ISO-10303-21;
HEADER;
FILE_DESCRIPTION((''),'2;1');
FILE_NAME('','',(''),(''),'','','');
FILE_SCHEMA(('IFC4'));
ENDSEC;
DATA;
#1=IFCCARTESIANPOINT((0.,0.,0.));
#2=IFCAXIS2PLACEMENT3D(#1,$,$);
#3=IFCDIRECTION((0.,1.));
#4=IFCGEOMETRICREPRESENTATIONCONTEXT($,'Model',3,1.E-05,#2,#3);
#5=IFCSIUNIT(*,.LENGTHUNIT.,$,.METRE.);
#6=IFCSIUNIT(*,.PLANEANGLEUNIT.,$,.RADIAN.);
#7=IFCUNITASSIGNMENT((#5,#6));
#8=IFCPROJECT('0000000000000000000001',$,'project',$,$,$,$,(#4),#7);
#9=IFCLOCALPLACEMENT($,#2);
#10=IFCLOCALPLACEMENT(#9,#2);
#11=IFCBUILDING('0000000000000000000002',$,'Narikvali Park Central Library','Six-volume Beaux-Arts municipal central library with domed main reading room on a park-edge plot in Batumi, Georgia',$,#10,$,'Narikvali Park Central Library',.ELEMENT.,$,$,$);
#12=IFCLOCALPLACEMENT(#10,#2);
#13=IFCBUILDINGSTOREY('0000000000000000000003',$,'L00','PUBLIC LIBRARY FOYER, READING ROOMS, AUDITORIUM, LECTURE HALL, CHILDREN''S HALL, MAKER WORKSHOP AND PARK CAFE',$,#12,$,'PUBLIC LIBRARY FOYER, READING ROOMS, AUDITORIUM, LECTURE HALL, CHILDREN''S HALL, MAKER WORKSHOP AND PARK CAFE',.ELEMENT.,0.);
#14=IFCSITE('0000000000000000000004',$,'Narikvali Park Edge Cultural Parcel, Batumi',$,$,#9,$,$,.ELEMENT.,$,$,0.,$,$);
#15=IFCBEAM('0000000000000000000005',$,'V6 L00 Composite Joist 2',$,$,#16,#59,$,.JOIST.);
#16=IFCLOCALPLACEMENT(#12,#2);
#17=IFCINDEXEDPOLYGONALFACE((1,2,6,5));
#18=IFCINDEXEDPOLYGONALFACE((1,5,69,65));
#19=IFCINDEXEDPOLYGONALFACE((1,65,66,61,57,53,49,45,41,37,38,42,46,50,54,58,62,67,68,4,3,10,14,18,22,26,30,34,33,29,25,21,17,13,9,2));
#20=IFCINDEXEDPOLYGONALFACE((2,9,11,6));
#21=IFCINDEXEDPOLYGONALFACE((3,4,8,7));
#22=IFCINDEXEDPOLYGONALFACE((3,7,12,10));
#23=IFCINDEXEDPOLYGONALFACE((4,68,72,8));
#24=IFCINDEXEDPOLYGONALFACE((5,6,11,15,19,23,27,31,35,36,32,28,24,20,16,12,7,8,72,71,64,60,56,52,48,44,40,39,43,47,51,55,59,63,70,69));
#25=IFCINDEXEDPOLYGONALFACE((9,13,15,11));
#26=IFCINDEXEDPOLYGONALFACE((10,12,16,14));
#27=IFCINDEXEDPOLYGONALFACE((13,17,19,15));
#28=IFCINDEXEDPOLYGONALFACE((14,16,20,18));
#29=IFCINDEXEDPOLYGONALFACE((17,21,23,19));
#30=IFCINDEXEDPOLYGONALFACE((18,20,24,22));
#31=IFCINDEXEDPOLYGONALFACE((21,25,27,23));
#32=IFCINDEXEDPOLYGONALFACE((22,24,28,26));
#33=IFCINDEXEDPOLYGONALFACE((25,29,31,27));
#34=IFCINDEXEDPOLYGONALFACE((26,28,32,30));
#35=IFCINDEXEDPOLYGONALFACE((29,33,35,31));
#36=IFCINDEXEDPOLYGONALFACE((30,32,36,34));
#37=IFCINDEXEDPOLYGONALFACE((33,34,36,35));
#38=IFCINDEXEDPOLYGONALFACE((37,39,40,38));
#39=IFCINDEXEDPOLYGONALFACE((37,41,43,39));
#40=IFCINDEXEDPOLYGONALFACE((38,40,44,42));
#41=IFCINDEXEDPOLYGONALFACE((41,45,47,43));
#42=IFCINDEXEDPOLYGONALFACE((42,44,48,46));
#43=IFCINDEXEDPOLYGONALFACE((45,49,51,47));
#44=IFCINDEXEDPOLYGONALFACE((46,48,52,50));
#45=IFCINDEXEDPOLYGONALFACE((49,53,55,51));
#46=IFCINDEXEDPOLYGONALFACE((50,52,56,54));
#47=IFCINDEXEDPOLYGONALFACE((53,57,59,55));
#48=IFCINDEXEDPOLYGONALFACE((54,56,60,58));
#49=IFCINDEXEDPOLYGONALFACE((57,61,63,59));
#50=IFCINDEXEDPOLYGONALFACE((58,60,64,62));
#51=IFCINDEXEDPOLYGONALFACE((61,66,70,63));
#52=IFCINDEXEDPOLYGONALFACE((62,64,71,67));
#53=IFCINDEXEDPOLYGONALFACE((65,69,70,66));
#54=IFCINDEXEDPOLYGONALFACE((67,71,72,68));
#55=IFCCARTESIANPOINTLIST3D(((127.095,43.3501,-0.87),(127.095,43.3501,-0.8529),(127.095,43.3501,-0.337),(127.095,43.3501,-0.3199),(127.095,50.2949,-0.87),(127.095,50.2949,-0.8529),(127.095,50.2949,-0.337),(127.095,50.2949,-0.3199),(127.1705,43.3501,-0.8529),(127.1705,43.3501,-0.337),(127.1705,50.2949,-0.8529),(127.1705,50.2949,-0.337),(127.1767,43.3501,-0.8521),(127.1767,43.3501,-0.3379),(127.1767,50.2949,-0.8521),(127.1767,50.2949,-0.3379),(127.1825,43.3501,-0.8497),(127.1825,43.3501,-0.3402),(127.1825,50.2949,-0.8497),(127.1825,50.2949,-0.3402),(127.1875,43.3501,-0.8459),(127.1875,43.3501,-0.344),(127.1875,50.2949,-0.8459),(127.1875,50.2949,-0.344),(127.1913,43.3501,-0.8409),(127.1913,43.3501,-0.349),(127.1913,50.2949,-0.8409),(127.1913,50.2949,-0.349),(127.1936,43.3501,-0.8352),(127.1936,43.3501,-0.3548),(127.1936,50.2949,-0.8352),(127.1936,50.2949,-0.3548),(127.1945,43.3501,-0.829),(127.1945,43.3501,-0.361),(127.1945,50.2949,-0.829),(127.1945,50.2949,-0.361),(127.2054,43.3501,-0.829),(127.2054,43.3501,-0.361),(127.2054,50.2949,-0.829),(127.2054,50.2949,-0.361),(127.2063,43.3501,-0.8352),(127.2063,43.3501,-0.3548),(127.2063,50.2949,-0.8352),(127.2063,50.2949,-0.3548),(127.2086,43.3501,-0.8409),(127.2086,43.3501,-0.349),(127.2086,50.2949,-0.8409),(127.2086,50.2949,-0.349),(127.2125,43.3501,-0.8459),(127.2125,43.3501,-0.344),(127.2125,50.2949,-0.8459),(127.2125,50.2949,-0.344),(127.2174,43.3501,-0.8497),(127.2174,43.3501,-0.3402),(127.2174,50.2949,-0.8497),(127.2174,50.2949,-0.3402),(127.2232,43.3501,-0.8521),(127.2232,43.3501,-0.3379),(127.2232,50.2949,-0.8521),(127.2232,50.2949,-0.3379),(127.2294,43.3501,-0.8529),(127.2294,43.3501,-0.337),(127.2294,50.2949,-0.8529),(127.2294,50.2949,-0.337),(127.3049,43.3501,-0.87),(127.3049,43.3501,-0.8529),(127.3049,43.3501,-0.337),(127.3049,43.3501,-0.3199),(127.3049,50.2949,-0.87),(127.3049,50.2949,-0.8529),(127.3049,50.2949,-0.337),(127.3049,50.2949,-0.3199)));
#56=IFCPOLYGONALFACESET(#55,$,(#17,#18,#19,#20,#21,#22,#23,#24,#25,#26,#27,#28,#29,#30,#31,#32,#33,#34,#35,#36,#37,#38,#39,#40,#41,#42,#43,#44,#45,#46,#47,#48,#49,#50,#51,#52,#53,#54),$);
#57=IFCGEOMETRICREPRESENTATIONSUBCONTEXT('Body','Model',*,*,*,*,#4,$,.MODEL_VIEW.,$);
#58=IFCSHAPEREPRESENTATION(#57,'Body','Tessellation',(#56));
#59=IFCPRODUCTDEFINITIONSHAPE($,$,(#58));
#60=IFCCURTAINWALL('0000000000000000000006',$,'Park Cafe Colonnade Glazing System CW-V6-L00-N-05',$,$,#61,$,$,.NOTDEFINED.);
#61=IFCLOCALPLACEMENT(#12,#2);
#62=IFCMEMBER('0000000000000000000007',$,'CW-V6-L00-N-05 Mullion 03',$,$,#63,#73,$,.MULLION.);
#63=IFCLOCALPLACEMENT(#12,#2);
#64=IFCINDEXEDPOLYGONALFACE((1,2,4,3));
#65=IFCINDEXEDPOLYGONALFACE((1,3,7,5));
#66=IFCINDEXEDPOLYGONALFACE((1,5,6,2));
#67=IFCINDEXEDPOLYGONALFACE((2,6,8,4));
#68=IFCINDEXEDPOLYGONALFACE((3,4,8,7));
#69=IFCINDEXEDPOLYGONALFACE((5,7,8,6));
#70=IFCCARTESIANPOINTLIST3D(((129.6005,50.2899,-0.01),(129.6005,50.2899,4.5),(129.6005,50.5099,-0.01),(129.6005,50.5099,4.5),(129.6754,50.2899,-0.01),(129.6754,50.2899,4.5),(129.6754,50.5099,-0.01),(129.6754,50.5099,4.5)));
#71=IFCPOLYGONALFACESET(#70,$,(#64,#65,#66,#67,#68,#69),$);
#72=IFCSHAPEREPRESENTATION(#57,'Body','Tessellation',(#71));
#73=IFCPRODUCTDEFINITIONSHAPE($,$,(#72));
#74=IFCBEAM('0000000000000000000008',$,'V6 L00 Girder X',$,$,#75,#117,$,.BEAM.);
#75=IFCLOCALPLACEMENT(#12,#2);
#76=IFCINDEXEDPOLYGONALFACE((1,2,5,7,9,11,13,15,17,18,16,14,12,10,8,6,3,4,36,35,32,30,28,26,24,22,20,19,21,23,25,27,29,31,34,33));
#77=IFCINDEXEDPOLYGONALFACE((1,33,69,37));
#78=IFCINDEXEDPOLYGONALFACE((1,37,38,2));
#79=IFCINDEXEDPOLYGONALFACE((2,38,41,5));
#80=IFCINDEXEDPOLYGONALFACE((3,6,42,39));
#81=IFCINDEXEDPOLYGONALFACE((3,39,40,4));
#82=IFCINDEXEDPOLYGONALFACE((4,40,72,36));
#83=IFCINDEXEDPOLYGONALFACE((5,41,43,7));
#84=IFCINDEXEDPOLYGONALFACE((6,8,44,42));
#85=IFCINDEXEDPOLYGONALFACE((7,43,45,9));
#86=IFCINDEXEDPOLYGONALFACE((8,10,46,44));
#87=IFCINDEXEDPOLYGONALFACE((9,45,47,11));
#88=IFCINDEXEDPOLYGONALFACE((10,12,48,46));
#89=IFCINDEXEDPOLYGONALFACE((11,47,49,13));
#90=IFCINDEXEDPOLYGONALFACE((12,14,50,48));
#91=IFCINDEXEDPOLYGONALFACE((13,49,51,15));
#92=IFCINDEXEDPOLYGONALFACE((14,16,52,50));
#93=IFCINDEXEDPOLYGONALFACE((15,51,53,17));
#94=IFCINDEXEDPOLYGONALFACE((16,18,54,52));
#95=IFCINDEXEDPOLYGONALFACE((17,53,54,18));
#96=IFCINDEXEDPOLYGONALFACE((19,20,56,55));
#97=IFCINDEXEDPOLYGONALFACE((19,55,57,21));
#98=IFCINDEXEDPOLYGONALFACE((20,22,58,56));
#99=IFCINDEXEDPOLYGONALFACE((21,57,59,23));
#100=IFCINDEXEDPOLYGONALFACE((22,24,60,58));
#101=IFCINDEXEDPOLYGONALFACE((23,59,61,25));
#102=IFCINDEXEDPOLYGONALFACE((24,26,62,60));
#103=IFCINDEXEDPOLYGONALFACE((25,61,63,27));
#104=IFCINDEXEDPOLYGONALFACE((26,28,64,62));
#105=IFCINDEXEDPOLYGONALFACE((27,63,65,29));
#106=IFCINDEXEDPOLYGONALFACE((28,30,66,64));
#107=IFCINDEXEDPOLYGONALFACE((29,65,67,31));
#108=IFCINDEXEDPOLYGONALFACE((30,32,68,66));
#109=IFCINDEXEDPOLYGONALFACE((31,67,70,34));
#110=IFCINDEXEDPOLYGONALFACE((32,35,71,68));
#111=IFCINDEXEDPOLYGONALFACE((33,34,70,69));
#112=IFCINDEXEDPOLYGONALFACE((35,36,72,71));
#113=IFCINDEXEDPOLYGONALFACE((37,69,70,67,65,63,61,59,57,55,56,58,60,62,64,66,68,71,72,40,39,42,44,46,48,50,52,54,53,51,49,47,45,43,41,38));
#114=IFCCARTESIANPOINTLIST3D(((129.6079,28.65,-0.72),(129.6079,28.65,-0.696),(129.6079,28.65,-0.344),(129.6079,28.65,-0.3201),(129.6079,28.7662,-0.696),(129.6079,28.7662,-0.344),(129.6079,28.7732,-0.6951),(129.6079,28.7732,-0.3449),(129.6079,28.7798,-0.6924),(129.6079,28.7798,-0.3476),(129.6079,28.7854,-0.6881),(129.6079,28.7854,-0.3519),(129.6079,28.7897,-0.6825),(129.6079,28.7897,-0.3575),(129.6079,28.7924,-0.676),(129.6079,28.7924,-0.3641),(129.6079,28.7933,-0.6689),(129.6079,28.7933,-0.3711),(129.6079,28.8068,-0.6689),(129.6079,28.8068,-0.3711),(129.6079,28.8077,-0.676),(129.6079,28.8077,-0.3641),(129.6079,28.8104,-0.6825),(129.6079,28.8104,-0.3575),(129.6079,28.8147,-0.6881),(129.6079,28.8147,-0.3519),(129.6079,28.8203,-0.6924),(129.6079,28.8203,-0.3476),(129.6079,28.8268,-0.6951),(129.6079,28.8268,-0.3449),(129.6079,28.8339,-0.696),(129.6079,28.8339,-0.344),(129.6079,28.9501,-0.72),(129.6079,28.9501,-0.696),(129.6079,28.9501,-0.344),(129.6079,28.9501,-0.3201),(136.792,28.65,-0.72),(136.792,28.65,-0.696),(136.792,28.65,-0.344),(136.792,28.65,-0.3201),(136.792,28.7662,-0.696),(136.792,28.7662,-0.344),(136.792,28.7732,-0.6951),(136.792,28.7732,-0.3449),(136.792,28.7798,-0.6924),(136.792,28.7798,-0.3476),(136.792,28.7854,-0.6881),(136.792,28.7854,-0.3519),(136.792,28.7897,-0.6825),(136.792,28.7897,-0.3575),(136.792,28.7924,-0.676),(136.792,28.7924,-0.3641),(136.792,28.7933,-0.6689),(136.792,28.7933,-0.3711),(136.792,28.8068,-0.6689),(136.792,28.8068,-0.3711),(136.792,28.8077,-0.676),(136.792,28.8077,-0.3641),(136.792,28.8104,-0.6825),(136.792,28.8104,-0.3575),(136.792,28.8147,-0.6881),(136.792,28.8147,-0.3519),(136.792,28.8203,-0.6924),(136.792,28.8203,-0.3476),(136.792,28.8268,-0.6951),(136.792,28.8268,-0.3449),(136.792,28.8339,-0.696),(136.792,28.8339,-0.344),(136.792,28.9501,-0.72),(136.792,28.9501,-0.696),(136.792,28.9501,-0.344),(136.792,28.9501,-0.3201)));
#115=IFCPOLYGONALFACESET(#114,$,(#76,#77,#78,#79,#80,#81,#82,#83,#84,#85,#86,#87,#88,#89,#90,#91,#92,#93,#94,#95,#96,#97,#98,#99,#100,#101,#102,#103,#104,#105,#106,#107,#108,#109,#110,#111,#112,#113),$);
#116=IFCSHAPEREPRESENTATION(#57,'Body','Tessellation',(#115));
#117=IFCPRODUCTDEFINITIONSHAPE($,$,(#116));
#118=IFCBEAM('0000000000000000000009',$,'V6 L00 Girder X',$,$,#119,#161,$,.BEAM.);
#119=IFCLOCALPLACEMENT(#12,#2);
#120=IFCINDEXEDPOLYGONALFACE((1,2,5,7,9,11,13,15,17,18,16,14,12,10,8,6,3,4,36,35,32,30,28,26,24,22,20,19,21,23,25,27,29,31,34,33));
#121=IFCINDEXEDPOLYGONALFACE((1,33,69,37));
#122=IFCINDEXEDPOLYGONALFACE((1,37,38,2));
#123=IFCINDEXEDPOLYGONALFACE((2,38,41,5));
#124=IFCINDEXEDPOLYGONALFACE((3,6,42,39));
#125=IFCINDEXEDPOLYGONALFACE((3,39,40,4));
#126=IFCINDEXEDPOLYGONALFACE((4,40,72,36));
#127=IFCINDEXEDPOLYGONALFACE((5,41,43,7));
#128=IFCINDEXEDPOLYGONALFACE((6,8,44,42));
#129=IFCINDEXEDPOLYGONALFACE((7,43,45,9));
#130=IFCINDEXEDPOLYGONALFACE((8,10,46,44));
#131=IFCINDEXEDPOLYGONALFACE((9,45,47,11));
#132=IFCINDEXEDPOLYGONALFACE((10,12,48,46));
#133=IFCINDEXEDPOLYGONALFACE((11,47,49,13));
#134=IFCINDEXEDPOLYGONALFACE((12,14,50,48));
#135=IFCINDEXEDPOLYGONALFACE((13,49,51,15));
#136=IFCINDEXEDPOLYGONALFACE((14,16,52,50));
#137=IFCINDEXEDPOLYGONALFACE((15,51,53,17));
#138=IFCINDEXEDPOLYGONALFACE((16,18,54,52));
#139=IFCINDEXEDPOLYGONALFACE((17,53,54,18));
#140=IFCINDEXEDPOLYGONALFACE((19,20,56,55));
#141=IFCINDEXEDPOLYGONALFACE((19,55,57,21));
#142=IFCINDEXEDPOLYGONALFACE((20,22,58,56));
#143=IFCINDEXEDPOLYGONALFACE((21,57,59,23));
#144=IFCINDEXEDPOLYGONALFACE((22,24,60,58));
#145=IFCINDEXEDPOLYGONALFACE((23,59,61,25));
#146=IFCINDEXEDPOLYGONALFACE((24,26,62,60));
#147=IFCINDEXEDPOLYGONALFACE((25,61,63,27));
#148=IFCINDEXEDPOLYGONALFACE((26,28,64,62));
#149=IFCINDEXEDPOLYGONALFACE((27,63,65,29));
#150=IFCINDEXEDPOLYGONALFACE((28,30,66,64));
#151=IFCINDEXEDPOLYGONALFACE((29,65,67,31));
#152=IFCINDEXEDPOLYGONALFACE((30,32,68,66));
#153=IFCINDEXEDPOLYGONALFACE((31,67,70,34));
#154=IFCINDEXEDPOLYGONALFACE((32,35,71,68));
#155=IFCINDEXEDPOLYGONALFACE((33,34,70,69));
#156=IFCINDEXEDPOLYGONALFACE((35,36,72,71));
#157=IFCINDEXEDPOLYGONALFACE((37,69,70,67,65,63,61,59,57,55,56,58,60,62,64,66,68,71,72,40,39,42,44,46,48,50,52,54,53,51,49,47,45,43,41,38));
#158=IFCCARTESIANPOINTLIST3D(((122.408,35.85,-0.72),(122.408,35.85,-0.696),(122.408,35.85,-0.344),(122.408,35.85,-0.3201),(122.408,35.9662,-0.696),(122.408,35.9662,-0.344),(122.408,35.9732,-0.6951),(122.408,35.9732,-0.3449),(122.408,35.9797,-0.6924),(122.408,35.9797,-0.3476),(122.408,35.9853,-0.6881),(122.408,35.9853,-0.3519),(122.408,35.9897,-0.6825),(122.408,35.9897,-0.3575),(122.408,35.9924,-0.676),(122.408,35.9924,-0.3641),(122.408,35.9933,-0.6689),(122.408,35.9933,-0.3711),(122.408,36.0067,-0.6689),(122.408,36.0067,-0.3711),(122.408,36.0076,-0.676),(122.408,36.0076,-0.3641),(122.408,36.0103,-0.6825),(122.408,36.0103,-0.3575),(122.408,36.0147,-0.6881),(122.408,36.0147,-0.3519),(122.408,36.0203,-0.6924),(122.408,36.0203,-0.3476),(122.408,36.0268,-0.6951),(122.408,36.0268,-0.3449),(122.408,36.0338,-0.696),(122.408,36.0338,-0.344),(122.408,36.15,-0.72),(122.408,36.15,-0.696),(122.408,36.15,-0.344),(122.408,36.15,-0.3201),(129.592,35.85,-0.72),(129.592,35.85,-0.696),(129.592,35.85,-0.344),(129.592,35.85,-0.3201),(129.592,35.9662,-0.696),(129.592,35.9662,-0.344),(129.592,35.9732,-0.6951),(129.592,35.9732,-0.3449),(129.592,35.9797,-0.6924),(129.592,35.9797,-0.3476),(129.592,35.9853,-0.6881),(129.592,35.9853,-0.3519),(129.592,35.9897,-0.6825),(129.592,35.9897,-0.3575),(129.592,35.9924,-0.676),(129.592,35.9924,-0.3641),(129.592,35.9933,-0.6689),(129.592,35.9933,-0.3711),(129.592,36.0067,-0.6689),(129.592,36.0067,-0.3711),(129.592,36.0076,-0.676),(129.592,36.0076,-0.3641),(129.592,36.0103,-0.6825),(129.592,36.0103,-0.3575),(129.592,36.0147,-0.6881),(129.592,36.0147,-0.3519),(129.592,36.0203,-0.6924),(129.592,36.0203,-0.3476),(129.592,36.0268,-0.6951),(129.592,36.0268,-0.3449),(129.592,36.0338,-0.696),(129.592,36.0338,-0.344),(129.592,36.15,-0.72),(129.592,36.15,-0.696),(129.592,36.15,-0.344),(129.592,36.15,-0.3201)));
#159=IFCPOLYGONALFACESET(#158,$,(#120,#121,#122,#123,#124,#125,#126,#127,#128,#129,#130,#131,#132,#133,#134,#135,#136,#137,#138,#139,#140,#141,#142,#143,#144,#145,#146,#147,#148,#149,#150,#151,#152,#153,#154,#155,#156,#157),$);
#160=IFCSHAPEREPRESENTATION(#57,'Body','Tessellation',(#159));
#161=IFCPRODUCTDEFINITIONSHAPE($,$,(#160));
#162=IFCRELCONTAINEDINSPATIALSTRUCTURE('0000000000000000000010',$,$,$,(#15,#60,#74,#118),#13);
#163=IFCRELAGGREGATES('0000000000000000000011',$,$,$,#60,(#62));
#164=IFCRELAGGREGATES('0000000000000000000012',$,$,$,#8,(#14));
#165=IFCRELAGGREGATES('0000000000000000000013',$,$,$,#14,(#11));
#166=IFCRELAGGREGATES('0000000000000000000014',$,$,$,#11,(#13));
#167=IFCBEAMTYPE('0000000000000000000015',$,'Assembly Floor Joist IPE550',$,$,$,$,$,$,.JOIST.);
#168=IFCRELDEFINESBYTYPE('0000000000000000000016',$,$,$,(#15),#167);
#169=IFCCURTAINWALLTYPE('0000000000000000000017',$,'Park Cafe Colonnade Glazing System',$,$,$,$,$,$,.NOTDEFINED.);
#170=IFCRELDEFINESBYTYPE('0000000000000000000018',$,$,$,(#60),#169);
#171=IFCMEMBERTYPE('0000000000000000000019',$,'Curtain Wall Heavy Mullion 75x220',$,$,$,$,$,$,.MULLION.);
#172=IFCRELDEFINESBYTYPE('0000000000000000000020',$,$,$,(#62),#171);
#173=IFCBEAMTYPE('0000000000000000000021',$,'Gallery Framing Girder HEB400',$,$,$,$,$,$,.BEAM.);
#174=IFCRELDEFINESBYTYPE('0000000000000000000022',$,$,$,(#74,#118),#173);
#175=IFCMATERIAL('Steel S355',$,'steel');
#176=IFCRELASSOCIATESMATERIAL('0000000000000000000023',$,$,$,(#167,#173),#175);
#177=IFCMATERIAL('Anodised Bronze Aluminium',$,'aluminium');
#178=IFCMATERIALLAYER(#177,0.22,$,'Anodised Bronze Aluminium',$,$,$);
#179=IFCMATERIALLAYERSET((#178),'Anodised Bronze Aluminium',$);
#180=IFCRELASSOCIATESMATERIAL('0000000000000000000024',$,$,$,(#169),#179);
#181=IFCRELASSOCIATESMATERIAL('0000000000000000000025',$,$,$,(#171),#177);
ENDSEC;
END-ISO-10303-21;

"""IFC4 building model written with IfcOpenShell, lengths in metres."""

from ifc_helpers import new_model, si_unit, direction, frame, origin, origin_2d, place, context, subcontext, project, spatial, rectangle, i_section, extrude, material, layer, layer_set, material_profile, profile_set, type_object, element, aggregate, save


model = new_model("IFC4")

# Units and contexts
model_context = context("Model", 3, precision=1e-05, world=origin(), true_north=direction((0.0, 1.0)))
body_context = subcontext(model_context, "Body", "Model", "MODEL_VIEW")
ifc_project = project(units=[si_unit("LENGTHUNIT", "METRE"), si_unit("PLANEANGLEUNIT", "RADIAN")], contexts=[model_context])

# Site, building, storey
site_placement = place(None, origin())
site = spatial("IfcSite", under=ifc_project, at=site_placement, Name="Narikvali Park Edge Cultural Parcel, Batumi", CompositionType="ELEMENT", RefElevation=0.0)
building_placement = place(site_placement, origin())
building = spatial("IfcBuilding", under=site, at=building_placement, Name="Narikvali Park Central Library", Description="Six-volume Beaux-Arts municipal central library with domed main reading room on a park-edge plot in Batumi, Georgia", LongName="Narikvali Park Central Library", CompositionType="ELEMENT")
storey_placement = place(building_placement, origin())
storey = spatial("IfcBuildingStorey", under=building, at=storey_placement, Name="L00", Description="PUBLIC LIBRARY FOYER, READING ROOMS, AUDITORIUM, LECTURE HALL, CHILDREN'S HALL, MAKER WORKSHOP AND PARK CAFE", LongName="PUBLIC LIBRARY FOYER, READING ROOMS, AUDITORIUM, LECTURE HALL, CHILDREN'S HALL, MAKER WORKSHOP AND PARK CAFE", CompositionType="ELEMENT", Elevation=0.0)

# Shared definitions
ifc_material_1 = material(Name="Steel S355", Category="steel")

# Beam
ifc_material_profile_1 = material_profile(ifc_material_1, i_section(OverallWidth=0.21, OverallDepth=0.55, WebThickness=0.011, FlangeThickness=0.0171, FilletRadius=0.0239, at=origin_2d()), Name="IPE 550")
ifc_profile_set_1 = profile_set([ifc_material_profile_1], Name="Steel S355")
beam_type_1 = type_object("IfcBeamType", Name="Assembly Floor Joist IPE550", PredefinedType="JOIST", material=ifc_profile_set_1)
for number, where, z_axis, x_axis, name in (
    (1, (127.2, 43.3501, -0.595), (0.0, 1.0, 0.0), (-1.0, 0.0, 0.0), "V6 L00 Composite Joist 2"),
):
    element("IfcBeam", number, at=place(storey_placement, frame(where, z_axis=z_axis, x_axis=x_axis)), inside=storey, type_object=beam_type_1, Name=name, PredefinedType="JOIST", context=body_context, shape_type="SweptSolid", body=[
        extrude(i_section(OverallWidth=0.21, OverallDepth=0.55, WebThickness=0.011, FlangeThickness=0.0171, FilletRadius=0.0239, at=origin_2d()), origin(), (0.0, 0.0, 1.0), 6.9448),
    ])

# Curtain wall, member
ifc_material_2 = material(Name="Anodised Bronze Aluminium", Category="aluminium")
ifc_layer_1 = layer(ifc_material_2, 0.22, Name="Anodised Bronze Aluminium")
ifc_layer_set_1 = layer_set([ifc_layer_1], Name="Anodised Bronze Aluminium")
curtain_wall_type = type_object("IfcCurtainWallType", Name="Park Cafe Colonnade Glazing System", PredefinedType="NOTDEFINED", material=ifc_layer_set_1)
curtain_wall_placement = place(storey_placement, origin())
curtain_wall = element("IfcCurtainWall", 2, at=curtain_wall_placement, inside=storey, type_object=curtain_wall_type, Name="Park Cafe Colonnade Glazing System CW-V6-L00-N-05", PredefinedType="NOTDEFINED")
ifc_material_profile_2 = material_profile(ifc_material_2, rectangle(XDim=0.075, YDim=0.22, at=origin_2d()), Name="CW MULLION 75x220")
ifc_profile_set_2 = profile_set([ifc_material_profile_2], Name="Anodised Bronze Aluminium")
member_type = type_object("IfcMemberType", Name="Curtain Wall Heavy Mullion 75x220", PredefinedType="MULLION", material=ifc_profile_set_2)
member_placement = place(storey_placement, frame((129.6379, 50.3999, -0.01), z_axis=(0.0, 0.0, 1.0), x_axis=(1.0, 0.0, 0.0)))
member = element("IfcMember", 3, at=member_placement, type_object=member_type, Name="CW-V6-L00-N-05 Mullion 03", PredefinedType="MULLION", context=body_context, shape_type="SweptSolid", body=[
    extrude(rectangle(XDim=0.075, YDim=0.22, at=origin_2d()), origin(), (0.0, 0.0, 1.0), 4.51),
])

# Beams
ifc_material_profile_3 = material_profile(ifc_material_1, i_section(OverallWidth=0.3, OverallDepth=0.3999, WebThickness=0.0134, FlangeThickness=0.0239, FilletRadius=0.0271, at=origin_2d()), Name="HEB 400")
ifc_profile_set_3 = profile_set([ifc_material_profile_3], Name="Steel S355")
beam_type_2 = type_object("IfcBeamType", Name="Gallery Framing Girder HEB400", PredefinedType="BEAM", material=ifc_profile_set_3)
for number, where, z_axis, x_axis, name in (
    (4, (129.6079, 28.8, -0.52), (1.0, 0.0, 0.0), (0.0, 1.0, 0.0), "V6 L00 Girder X"),
    (5, (122.408, 36.0, -0.52), (1.0, 0.0, 0.0), (0.0, 1.0, 0.0), "V6 L00 Girder X"),
):
    element("IfcBeam", number, at=place(storey_placement, frame(where, z_axis=z_axis, x_axis=x_axis)), inside=storey, type_object=beam_type_2, Name=name, PredefinedType="BEAM", context=body_context, shape_type="SweptSolid", body=[
        extrude(i_section(OverallWidth=0.3, OverallDepth=0.3999, WebThickness=0.0134, FlangeThickness=0.0239, FilletRadius=0.0271, at=origin_2d()), origin(), (0.0, 0.0, 1.0), 7.1841),
    ])

aggregate(curtain_wall, [member])

save(model, "model.ifc")
